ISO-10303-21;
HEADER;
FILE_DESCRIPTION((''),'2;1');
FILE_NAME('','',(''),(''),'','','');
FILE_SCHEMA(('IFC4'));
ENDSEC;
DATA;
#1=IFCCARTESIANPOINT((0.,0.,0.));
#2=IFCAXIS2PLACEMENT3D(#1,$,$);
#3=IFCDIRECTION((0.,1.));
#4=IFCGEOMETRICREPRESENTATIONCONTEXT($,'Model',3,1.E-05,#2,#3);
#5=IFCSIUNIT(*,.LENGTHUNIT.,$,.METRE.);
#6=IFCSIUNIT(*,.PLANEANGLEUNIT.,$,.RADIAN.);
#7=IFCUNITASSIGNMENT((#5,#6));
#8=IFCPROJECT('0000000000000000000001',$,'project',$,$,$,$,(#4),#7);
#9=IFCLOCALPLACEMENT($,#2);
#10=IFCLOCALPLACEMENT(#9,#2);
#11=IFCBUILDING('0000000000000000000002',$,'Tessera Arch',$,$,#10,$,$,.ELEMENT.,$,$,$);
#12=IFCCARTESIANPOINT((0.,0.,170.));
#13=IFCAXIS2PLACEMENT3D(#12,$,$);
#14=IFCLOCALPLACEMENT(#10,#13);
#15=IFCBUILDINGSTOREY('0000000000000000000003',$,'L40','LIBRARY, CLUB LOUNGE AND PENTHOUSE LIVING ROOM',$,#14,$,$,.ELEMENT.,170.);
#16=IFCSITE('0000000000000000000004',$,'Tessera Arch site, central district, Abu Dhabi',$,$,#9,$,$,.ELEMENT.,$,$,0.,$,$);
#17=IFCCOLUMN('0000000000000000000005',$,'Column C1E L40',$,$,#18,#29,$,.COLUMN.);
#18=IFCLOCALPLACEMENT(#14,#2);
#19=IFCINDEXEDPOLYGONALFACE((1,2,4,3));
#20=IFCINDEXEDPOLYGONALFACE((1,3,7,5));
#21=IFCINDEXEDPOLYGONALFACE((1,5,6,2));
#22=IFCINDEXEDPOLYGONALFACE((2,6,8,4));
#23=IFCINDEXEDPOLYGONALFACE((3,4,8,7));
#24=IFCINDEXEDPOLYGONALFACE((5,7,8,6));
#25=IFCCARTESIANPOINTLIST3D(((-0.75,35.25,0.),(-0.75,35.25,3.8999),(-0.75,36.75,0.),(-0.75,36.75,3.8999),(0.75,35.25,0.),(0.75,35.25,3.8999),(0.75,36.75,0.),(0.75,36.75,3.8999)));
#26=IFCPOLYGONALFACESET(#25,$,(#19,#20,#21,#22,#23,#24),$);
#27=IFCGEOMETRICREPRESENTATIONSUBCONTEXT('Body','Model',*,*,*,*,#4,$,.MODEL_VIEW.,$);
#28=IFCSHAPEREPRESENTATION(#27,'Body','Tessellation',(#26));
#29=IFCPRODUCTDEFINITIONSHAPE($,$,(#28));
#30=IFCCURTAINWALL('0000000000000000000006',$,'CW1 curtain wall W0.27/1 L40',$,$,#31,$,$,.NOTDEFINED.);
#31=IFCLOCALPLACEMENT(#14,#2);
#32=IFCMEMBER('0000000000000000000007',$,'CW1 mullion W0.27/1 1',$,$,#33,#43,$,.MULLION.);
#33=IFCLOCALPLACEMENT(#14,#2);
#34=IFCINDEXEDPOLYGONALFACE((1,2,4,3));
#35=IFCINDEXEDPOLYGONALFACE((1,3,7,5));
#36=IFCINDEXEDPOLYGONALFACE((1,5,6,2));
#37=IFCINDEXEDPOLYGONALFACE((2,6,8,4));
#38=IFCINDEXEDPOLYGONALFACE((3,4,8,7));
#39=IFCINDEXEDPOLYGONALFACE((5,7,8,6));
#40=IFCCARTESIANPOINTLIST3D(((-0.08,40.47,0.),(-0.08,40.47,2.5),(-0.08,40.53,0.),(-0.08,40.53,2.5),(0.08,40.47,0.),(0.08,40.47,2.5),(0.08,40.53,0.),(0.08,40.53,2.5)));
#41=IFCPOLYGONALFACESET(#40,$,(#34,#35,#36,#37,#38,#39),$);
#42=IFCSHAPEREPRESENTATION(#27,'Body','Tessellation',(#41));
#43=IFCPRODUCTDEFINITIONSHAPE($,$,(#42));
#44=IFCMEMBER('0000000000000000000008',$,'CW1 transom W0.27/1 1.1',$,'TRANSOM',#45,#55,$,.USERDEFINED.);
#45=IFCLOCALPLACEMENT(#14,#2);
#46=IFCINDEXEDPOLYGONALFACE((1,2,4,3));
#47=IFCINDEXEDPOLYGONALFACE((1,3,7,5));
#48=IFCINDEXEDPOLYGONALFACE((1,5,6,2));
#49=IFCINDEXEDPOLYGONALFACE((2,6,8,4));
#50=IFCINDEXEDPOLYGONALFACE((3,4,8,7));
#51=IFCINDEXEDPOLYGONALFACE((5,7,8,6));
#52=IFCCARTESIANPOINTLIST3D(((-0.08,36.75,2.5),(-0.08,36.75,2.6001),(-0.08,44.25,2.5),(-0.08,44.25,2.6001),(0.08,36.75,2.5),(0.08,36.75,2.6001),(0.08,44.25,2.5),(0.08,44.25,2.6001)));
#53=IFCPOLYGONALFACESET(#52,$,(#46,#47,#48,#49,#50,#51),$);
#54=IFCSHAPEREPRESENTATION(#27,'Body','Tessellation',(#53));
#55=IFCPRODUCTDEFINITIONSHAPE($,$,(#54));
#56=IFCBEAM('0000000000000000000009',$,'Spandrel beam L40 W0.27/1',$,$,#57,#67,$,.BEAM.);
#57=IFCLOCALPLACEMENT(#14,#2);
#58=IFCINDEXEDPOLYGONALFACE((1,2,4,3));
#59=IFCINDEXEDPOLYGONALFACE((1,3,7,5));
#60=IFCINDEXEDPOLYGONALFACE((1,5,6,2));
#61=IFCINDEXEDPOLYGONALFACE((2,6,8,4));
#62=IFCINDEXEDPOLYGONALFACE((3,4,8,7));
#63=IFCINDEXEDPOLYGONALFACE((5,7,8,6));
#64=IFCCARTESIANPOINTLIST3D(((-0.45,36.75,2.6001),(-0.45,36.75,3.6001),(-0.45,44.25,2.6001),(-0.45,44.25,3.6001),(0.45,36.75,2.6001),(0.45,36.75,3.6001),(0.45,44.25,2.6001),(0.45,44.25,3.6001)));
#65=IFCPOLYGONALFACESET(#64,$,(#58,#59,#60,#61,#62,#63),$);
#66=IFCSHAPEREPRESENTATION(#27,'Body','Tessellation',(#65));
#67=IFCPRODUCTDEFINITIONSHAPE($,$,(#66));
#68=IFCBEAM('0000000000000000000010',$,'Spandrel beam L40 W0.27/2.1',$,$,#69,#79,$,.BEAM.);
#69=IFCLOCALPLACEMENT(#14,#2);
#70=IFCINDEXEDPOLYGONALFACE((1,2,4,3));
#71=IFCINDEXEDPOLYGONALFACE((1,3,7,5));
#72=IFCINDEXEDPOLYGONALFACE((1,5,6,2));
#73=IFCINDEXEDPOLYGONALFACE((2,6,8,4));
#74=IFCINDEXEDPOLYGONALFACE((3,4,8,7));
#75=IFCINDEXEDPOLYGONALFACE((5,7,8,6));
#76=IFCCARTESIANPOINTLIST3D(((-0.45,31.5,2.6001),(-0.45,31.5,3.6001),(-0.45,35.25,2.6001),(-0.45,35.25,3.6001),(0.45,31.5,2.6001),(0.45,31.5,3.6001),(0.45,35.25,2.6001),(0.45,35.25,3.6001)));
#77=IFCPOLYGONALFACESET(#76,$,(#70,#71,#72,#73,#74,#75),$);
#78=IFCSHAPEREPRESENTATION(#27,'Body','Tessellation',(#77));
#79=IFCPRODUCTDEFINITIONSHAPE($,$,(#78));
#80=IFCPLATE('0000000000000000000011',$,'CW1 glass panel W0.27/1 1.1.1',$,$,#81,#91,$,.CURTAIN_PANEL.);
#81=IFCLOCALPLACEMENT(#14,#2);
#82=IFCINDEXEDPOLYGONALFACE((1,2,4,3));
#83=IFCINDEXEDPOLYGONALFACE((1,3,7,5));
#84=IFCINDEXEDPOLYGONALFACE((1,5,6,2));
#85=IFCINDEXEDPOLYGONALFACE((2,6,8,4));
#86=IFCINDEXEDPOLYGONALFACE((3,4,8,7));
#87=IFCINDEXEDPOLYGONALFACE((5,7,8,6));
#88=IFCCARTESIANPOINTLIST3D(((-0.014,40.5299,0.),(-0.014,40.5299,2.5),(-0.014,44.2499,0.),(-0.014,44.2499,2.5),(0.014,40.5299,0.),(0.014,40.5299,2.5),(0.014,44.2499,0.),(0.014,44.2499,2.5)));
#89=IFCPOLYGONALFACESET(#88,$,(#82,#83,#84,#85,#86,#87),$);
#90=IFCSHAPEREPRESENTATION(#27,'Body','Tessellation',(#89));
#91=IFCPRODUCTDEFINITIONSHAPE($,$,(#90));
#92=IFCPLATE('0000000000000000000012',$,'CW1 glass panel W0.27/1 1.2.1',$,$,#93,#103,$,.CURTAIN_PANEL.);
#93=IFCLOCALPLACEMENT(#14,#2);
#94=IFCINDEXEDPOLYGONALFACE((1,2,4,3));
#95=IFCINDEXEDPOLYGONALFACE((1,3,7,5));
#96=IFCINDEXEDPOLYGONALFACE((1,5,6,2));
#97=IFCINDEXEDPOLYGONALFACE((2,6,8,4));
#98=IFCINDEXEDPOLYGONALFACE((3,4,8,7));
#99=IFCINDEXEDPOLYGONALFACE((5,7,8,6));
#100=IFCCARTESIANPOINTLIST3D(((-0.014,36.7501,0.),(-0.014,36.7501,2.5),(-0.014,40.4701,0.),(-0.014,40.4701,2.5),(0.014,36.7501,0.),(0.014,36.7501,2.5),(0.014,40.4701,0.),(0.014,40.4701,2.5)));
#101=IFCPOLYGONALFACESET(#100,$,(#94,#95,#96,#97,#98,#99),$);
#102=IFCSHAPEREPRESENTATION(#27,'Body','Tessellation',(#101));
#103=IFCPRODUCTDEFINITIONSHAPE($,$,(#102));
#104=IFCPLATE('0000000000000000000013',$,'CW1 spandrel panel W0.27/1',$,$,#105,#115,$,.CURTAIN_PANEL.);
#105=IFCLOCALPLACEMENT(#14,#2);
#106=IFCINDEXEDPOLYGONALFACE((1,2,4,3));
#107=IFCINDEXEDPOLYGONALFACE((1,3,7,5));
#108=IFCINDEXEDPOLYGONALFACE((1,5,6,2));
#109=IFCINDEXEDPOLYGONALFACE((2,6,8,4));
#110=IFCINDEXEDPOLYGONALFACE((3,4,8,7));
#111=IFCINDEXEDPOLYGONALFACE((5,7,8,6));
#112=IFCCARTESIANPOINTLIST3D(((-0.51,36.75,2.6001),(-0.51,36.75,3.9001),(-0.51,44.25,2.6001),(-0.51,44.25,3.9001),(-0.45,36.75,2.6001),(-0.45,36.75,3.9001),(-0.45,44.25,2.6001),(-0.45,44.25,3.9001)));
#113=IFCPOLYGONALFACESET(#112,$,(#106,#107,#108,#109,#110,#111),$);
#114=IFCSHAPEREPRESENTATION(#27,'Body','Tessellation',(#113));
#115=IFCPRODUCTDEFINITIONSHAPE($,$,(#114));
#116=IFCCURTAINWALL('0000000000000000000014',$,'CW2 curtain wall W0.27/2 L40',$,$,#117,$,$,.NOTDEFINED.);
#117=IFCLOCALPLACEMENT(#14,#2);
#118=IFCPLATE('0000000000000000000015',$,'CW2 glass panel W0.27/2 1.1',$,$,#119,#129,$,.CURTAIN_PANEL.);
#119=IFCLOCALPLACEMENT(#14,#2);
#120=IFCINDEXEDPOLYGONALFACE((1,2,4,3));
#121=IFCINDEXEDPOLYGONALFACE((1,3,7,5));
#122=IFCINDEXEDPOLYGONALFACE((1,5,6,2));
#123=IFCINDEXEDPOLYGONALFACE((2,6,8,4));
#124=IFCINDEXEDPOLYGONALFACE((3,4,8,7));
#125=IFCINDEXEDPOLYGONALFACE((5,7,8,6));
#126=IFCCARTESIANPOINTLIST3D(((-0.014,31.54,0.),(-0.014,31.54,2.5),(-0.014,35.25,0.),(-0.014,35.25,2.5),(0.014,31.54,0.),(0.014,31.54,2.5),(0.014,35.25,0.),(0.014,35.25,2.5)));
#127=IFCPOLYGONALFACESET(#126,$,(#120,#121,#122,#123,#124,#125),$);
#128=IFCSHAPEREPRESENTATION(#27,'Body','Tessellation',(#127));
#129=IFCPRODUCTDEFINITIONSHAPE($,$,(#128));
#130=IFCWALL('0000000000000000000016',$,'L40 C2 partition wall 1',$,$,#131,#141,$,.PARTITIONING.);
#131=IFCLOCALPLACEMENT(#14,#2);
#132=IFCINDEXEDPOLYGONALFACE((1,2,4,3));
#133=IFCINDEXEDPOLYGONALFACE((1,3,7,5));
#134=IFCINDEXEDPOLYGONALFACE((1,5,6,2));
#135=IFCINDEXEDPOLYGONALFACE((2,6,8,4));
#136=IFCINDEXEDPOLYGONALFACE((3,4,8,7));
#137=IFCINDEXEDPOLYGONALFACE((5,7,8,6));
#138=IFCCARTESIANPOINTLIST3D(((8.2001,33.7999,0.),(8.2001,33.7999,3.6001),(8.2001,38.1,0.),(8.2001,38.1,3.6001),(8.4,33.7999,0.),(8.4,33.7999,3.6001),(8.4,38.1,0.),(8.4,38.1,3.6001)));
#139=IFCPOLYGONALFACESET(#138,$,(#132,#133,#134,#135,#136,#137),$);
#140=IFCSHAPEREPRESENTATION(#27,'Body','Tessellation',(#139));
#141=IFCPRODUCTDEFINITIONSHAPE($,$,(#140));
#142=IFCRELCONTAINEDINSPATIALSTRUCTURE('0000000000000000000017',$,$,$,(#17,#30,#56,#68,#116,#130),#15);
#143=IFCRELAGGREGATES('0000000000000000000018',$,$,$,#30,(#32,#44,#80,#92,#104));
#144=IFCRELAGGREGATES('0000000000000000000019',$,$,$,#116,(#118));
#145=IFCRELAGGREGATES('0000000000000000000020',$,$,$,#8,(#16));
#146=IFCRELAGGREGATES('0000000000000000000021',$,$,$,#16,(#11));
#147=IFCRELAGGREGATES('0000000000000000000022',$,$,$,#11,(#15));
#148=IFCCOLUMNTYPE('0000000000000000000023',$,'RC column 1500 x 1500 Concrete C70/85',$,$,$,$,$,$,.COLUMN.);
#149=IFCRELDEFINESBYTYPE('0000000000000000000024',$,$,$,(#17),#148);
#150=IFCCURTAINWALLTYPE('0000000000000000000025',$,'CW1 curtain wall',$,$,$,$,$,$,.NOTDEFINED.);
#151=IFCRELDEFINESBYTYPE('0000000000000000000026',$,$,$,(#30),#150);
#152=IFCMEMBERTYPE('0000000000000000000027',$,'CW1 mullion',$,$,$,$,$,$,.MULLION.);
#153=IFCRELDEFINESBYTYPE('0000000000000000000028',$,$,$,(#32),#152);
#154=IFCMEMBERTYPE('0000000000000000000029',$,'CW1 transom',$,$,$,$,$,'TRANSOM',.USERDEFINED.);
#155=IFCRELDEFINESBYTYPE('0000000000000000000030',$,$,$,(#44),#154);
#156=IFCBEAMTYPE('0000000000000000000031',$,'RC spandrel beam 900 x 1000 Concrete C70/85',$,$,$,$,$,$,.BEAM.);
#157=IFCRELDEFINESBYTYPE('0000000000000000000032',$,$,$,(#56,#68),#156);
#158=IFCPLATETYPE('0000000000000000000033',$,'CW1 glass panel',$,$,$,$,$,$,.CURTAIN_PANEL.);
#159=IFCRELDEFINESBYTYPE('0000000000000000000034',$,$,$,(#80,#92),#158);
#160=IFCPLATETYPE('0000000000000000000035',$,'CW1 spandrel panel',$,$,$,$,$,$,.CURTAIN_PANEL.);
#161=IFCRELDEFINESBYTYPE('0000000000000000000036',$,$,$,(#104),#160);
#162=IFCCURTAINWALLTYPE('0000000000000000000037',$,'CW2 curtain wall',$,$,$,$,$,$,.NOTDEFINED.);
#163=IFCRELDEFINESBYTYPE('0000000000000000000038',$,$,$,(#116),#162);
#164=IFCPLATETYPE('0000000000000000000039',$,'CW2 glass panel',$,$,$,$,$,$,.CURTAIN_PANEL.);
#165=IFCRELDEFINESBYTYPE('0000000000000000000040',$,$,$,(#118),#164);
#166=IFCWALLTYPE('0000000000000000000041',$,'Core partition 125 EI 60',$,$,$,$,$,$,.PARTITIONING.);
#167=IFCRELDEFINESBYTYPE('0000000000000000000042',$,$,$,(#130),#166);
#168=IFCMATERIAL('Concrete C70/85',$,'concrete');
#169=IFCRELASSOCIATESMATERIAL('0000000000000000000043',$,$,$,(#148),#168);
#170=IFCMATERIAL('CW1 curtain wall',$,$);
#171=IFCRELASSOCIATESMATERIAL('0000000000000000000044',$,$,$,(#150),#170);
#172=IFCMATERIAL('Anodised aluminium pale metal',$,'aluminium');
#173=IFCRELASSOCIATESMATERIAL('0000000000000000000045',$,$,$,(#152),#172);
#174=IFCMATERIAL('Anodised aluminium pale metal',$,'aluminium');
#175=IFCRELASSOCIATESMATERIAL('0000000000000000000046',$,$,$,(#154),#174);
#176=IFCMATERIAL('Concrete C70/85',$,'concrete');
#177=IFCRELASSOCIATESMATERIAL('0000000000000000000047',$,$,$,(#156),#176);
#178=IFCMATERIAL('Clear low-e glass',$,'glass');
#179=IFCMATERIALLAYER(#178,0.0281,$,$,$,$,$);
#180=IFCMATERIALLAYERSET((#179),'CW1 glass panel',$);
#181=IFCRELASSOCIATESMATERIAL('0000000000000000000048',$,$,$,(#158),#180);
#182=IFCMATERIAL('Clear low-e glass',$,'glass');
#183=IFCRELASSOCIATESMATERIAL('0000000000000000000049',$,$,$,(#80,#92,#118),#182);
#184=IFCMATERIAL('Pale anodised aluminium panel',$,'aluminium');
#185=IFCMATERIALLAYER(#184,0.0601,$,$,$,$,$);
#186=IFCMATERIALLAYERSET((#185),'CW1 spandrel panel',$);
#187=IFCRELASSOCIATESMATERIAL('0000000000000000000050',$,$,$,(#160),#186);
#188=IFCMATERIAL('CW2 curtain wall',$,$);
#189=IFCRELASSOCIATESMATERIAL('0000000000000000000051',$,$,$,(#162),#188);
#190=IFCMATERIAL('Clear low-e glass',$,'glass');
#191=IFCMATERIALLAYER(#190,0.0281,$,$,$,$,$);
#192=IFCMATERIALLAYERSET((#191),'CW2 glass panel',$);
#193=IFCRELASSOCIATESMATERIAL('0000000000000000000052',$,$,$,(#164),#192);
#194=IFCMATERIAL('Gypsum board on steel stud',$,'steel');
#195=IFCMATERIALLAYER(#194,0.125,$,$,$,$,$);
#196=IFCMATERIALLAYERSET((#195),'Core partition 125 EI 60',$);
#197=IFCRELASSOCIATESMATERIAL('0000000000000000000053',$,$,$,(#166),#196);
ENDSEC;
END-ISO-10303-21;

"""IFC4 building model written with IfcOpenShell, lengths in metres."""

from ifc_helpers import new_model, si_unit, direction, frame, frame_2d, origin, origin_2d, place, context, subcontext, project, spatial, rectangle, extrude, material, layer, layer_set, material_profile, profile_set, type_object, element, aggregate, save


model = new_model("IFC4")

# Units and contexts
model_context = context("Model", 3, precision=1e-05, world=origin(), true_north=direction((0.0, 1.0)))
body_context = subcontext(model_context, "Body", "Model", "MODEL_VIEW")
ifc_project = project(units=[si_unit("LENGTHUNIT", "METRE"), si_unit("PLANEANGLEUNIT", "RADIAN")], contexts=[model_context])

# Site, building, storey
site_placement = place(None, origin())
site = spatial("IfcSite", under=ifc_project, at=site_placement, Name="Tessera Arch site, central district, Abu Dhabi", CompositionType="ELEMENT", RefElevation=0.0)
building_placement = place(site_placement, origin())
building = spatial("IfcBuilding", under=site, at=building_placement, Name="Tessera Arch", CompositionType="ELEMENT")
storey_placement = place(building_placement, frame((0.0, 0.0, 170.0)))
storey = spatial("IfcBuildingStorey", under=building, at=storey_placement, Name="L40", Description="LIBRARY, CLUB LOUNGE AND PENTHOUSE LIVING ROOM", CompositionType="ELEMENT", Elevation=170.0)

# Column
ifc_material_1 = material(Name="Concrete C70/85", Category="concrete")
ifc_material_profile_1 = material_profile(ifc_material_1, rectangle(XDim=1.5, YDim=1.5, at=origin_2d()), Name="RC column 1500 x 1500 Concrete C70/85")
ifc_profile_set_1 = profile_set([ifc_material_profile_1], Name="Concrete C70/85")
column_type = type_object("IfcColumnType", Name="RC column 1500 x 1500 Concrete C70/85", PredefinedType="COLUMN", material=ifc_profile_set_1)
column_placement = place(storey_placement, frame((0.0, 36.0, 0.0), z_axis=(0.0, 0.0, 1.0), x_axis=(1.0, 0.0, 0.0)))
element("IfcColumn", 1, at=column_placement, inside=storey, type_object=column_type, Name="Column C1E L40", PredefinedType="COLUMN", context=body_context, shape_type="SweptSolid", body=[
    extrude(rectangle(XDim=1.5, YDim=1.5, at=origin_2d()), origin(), (0.0, 0.0, 1.0), 3.8999),
])

# Curtain wall, members
ifc_material_2 = material(Name="CW1 curtain wall")
curtain_wall_type_1 = type_object("IfcCurtainWallType", Name="CW1 curtain wall", PredefinedType="NOTDEFINED", material=ifc_material_2)
curtain_wall_1_placement = place(storey_placement, origin())
curtain_wall_1 = element("IfcCurtainWall", 2, at=curtain_wall_1_placement, inside=storey, type_object=curtain_wall_type_1, Name="CW1 curtain wall W0.27/1 L40", PredefinedType="NOTDEFINED")
ifc_material_3 = material(Name="Anodised aluminium pale metal", Category="aluminium")
ifc_material_profile_2 = material_profile(ifc_material_3, rectangle(XDim=0.1599, YDim=0.0601, at=origin_2d()), Name="AL 60x160")
ifc_profile_set_2 = profile_set([ifc_material_profile_2], Name="Anodised aluminium pale metal")
member_type_1 = type_object("IfcMemberType", Name="CW1 mullion", PredefinedType="MULLION", material=ifc_profile_set_2)
member_1_placement = place(storey_placement, frame((0.0, 40.5, 0.0), z_axis=(0.0, 0.0, 1.0), x_axis=(1.0, 0.0, 0.0)))
member_1 = element("IfcMember", 3, at=member_1_placement, type_object=member_type_1, Name="CW1 mullion W0.27/1 1", PredefinedType="MULLION", context=body_context, shape_type="SweptSolid", body=[
    extrude(rectangle(XDim=0.1599, YDim=0.0601, at=origin_2d()), origin(), (0.0, 0.0, 1.0), 2.5),
])
ifc_material_4 = material(Name="Anodised aluminium pale metal", Category="aluminium")
ifc_material_profile_3 = material_profile(ifc_material_4, rectangle(XDim=0.1599, YDim=0.1001, at=origin_2d()), Name="AL 160x100")
ifc_profile_set_3 = profile_set([ifc_material_profile_3], Name="Anodised aluminium pale metal")
member_type_2 = type_object("IfcMemberType", Name="CW1 transom", ElementType="TRANSOM", PredefinedType="USERDEFINED", material=ifc_profile_set_3)
member_2_placement = place(storey_placement, frame((0.0, 44.25, 2.55), z_axis=(0.0, -1.0, 0.0), x_axis=(1.0, 0.0, 0.0)))
member_2 = element("IfcMember", 4, at=member_2_placement, type_object=member_type_2, Name="CW1 transom W0.27/1 1.1", ObjectType="TRANSOM", PredefinedType="USERDEFINED", context=body_context, shape_type="SweptSolid", body=[
    extrude(rectangle(XDim=0.1599, YDim=0.1001, at=origin_2d()), origin(), (0.0, 0.0, 1.0), 7.5),
])

# Beams
ifc_material_5 = material(Name="Concrete C70/85", Category="concrete")
ifc_material_profile_4 = material_profile(ifc_material_5, rectangle(XDim=0.8999, YDim=1.0, at=origin_2d()), Name="RC spandrel beam 900 x 1000 Concrete C70/85")
ifc_profile_set_4 = profile_set([ifc_material_profile_4], Name="Concrete C70/85")
beam_type = type_object("IfcBeamType", Name="RC spandrel beam 900 x 1000 Concrete C70/85", PredefinedType="BEAM", material=ifc_profile_set_4)
beam_1_placement = place(storey_placement, frame((0.0, 44.25, 3.1001), z_axis=(0.0, -1.0, 0.0), x_axis=(1.0, 0.0, 0.0)))
element("IfcBeam", 5, at=beam_1_placement, inside=storey, type_object=beam_type, Name="Spandrel beam L40 W0.27/1", PredefinedType="BEAM", context=body_context, shape_type="SweptSolid", body=[
    extrude(rectangle(XDim=0.8999, YDim=1.0, at=origin_2d()), origin(), (0.0, 0.0, 1.0), 7.5),
])
beam_2_placement = place(storey_placement, frame((0.0, 35.25, 3.1001), z_axis=(0.0, -1.0, 0.0), x_axis=(1.0, 0.0, 0.0)))
element("IfcBeam", 6, at=beam_2_placement, inside=storey, type_object=beam_type, Name="Spandrel beam L40 W0.27/2.1", PredefinedType="BEAM", context=body_context, shape_type="SweptSolid", body=[
    extrude(rectangle(XDim=0.8999, YDim=1.0, at=origin_2d()), origin(), (0.0, 0.0, 1.0), 3.75),
])

# Plates
ifc_material_6 = material(Name="Clear low-e glass", Category="glass")
ifc_material_7 = material(Name="Clear low-e glass", Category="glass")
ifc_layer_1 = layer(ifc_material_7, 0.0281)
ifc_layer_set_1 = layer_set([ifc_layer_1], Name="CW1 glass panel")
plate_type_1 = type_object("IfcPlateType", Name="CW1 glass panel", PredefinedType="CURTAIN_PANEL", material=ifc_layer_set_1)
plate_1_placement = place(storey_placement, frame((0.0, 42.3899, 0.0), z_axis=(0.0, 0.0, 1.0), x_axis=(0.0, -1.0, 0.0)))
plate_1 = element("IfcPlate", 7, at=plate_1_placement, type_object=plate_type_1, material=ifc_material_6, Name="CW1 glass panel W0.27/1 1.1.1", PredefinedType="CURTAIN_PANEL", context=body_context, shape_type="SweptSolid", body=[
    extrude(rectangle(XDim=3.72, YDim=0.0281, at=origin_2d()), origin(), (0.0, 0.0, 1.0), 2.5),
])
plate_2_placement = place(storey_placement, frame((0.0, 38.6101, 0.0), z_axis=(0.0, 0.0, 1.0), x_axis=(0.0, -1.0, 0.0)))
plate_2 = element("IfcPlate", 8, at=plate_2_placement, type_object=plate_type_1, material=ifc_material_6, Name="CW1 glass panel W0.27/1 1.2.1", PredefinedType="CURTAIN_PANEL", context=body_context, shape_type="SweptSolid", body=[
    extrude(rectangle(XDim=3.72, YDim=0.0281, at=origin_2d()), origin(), (0.0, 0.0, 1.0), 2.5),
])
ifc_material_8 = material(Name="Pale anodised aluminium panel", Category="aluminium")
ifc_layer_2 = layer(ifc_material_8, 0.0601)
ifc_layer_set_2 = layer_set([ifc_layer_2], Name="CW1 spandrel panel")
plate_type_2 = type_object("IfcPlateType", Name="CW1 spandrel panel", PredefinedType="CURTAIN_PANEL", material=ifc_layer_set_2)
plate_3_placement = place(storey_placement, frame((-0.48, 40.5, 2.6001), z_axis=(0.0, 0.0, 1.0), x_axis=(0.0, -1.0, 0.0)))
plate_3 = element("IfcPlate", 9, at=plate_3_placement, type_object=plate_type_2, Name="CW1 spandrel panel W0.27/1", PredefinedType="CURTAIN_PANEL", context=body_context, shape_type="SweptSolid", body=[
    extrude(rectangle(XDim=7.5, YDim=0.0601, at=origin_2d()), origin(), (0.0, 0.0, 1.0), 1.3),
])
aggregate(curtain_wall_1, [member_1, member_2, plate_1, plate_2, plate_3])

# Curtain wall, plate
ifc_material_9 = material(Name="CW2 curtain wall")
curtain_wall_type_2 = type_object("IfcCurtainWallType", Name="CW2 curtain wall", PredefinedType="NOTDEFINED", material=ifc_material_9)
curtain_wall_2_placement = place(storey_placement, origin())
curtain_wall_2 = element("IfcCurtainWall", 10, at=curtain_wall_2_placement, inside=storey, type_object=curtain_wall_type_2, Name="CW2 curtain wall W0.27/2 L40", PredefinedType="NOTDEFINED")
ifc_material_10 = material(Name="Clear low-e glass", Category="glass")
ifc_layer_3 = layer(ifc_material_10, 0.0281)
ifc_layer_set_3 = layer_set([ifc_layer_3], Name="CW2 glass panel")
plate_type_3 = type_object("IfcPlateType", Name="CW2 glass panel", PredefinedType="CURTAIN_PANEL", material=ifc_layer_set_3)
plate_4_placement = place(storey_placement, frame((0.0, 33.395, 0.0), z_axis=(0.0, 0.0, 1.0), x_axis=(0.0, -1.0, 0.0)))
plate_4 = element("IfcPlate", 11, at=plate_4_placement, type_object=plate_type_3, material=ifc_material_6, Name="CW2 glass panel W0.27/2 1.1", PredefinedType="CURTAIN_PANEL", context=body_context, shape_type="SweptSolid", body=[
    extrude(rectangle(XDim=3.71, YDim=0.0281, at=origin_2d()), origin(), (0.0, 0.0, 1.0), 2.5),
])
aggregate(curtain_wall_2, [plate_4])

# Wall
ifc_material_11 = material(Name="Gypsum board on steel stud", Category="steel")
ifc_layer_4 = layer(ifc_material_11, 0.125)
ifc_layer_set_4 = layer_set([ifc_layer_4], Name="Core partition 125 EI 60")
wall_type_1 = type_object("IfcWallType", Name="Core partition 125 EI 60", PredefinedType="PARTITIONING", material=ifc_layer_set_4)
wall_1_placement = place(storey_placement, frame((8.3, 33.8, 0.0), z_axis=(0.0, 0.0, 1.0), x_axis=(0.0, 1.0, 0.0)))
element("IfcWall", 12, at=wall_1_placement, inside=storey, type_object=wall_type_1, Name="L40 C2 partition wall 1", PredefinedType="PARTITIONING", context=body_context, shape_type="SweptSolid", body=[
    extrude(rectangle(XDim=4.3, YDim=0.2, at=frame_2d((2.1499, 0.0))), origin(), (0.0, 0.0, 1.0), 3.6001),
])

save(model, "model.ifc")
